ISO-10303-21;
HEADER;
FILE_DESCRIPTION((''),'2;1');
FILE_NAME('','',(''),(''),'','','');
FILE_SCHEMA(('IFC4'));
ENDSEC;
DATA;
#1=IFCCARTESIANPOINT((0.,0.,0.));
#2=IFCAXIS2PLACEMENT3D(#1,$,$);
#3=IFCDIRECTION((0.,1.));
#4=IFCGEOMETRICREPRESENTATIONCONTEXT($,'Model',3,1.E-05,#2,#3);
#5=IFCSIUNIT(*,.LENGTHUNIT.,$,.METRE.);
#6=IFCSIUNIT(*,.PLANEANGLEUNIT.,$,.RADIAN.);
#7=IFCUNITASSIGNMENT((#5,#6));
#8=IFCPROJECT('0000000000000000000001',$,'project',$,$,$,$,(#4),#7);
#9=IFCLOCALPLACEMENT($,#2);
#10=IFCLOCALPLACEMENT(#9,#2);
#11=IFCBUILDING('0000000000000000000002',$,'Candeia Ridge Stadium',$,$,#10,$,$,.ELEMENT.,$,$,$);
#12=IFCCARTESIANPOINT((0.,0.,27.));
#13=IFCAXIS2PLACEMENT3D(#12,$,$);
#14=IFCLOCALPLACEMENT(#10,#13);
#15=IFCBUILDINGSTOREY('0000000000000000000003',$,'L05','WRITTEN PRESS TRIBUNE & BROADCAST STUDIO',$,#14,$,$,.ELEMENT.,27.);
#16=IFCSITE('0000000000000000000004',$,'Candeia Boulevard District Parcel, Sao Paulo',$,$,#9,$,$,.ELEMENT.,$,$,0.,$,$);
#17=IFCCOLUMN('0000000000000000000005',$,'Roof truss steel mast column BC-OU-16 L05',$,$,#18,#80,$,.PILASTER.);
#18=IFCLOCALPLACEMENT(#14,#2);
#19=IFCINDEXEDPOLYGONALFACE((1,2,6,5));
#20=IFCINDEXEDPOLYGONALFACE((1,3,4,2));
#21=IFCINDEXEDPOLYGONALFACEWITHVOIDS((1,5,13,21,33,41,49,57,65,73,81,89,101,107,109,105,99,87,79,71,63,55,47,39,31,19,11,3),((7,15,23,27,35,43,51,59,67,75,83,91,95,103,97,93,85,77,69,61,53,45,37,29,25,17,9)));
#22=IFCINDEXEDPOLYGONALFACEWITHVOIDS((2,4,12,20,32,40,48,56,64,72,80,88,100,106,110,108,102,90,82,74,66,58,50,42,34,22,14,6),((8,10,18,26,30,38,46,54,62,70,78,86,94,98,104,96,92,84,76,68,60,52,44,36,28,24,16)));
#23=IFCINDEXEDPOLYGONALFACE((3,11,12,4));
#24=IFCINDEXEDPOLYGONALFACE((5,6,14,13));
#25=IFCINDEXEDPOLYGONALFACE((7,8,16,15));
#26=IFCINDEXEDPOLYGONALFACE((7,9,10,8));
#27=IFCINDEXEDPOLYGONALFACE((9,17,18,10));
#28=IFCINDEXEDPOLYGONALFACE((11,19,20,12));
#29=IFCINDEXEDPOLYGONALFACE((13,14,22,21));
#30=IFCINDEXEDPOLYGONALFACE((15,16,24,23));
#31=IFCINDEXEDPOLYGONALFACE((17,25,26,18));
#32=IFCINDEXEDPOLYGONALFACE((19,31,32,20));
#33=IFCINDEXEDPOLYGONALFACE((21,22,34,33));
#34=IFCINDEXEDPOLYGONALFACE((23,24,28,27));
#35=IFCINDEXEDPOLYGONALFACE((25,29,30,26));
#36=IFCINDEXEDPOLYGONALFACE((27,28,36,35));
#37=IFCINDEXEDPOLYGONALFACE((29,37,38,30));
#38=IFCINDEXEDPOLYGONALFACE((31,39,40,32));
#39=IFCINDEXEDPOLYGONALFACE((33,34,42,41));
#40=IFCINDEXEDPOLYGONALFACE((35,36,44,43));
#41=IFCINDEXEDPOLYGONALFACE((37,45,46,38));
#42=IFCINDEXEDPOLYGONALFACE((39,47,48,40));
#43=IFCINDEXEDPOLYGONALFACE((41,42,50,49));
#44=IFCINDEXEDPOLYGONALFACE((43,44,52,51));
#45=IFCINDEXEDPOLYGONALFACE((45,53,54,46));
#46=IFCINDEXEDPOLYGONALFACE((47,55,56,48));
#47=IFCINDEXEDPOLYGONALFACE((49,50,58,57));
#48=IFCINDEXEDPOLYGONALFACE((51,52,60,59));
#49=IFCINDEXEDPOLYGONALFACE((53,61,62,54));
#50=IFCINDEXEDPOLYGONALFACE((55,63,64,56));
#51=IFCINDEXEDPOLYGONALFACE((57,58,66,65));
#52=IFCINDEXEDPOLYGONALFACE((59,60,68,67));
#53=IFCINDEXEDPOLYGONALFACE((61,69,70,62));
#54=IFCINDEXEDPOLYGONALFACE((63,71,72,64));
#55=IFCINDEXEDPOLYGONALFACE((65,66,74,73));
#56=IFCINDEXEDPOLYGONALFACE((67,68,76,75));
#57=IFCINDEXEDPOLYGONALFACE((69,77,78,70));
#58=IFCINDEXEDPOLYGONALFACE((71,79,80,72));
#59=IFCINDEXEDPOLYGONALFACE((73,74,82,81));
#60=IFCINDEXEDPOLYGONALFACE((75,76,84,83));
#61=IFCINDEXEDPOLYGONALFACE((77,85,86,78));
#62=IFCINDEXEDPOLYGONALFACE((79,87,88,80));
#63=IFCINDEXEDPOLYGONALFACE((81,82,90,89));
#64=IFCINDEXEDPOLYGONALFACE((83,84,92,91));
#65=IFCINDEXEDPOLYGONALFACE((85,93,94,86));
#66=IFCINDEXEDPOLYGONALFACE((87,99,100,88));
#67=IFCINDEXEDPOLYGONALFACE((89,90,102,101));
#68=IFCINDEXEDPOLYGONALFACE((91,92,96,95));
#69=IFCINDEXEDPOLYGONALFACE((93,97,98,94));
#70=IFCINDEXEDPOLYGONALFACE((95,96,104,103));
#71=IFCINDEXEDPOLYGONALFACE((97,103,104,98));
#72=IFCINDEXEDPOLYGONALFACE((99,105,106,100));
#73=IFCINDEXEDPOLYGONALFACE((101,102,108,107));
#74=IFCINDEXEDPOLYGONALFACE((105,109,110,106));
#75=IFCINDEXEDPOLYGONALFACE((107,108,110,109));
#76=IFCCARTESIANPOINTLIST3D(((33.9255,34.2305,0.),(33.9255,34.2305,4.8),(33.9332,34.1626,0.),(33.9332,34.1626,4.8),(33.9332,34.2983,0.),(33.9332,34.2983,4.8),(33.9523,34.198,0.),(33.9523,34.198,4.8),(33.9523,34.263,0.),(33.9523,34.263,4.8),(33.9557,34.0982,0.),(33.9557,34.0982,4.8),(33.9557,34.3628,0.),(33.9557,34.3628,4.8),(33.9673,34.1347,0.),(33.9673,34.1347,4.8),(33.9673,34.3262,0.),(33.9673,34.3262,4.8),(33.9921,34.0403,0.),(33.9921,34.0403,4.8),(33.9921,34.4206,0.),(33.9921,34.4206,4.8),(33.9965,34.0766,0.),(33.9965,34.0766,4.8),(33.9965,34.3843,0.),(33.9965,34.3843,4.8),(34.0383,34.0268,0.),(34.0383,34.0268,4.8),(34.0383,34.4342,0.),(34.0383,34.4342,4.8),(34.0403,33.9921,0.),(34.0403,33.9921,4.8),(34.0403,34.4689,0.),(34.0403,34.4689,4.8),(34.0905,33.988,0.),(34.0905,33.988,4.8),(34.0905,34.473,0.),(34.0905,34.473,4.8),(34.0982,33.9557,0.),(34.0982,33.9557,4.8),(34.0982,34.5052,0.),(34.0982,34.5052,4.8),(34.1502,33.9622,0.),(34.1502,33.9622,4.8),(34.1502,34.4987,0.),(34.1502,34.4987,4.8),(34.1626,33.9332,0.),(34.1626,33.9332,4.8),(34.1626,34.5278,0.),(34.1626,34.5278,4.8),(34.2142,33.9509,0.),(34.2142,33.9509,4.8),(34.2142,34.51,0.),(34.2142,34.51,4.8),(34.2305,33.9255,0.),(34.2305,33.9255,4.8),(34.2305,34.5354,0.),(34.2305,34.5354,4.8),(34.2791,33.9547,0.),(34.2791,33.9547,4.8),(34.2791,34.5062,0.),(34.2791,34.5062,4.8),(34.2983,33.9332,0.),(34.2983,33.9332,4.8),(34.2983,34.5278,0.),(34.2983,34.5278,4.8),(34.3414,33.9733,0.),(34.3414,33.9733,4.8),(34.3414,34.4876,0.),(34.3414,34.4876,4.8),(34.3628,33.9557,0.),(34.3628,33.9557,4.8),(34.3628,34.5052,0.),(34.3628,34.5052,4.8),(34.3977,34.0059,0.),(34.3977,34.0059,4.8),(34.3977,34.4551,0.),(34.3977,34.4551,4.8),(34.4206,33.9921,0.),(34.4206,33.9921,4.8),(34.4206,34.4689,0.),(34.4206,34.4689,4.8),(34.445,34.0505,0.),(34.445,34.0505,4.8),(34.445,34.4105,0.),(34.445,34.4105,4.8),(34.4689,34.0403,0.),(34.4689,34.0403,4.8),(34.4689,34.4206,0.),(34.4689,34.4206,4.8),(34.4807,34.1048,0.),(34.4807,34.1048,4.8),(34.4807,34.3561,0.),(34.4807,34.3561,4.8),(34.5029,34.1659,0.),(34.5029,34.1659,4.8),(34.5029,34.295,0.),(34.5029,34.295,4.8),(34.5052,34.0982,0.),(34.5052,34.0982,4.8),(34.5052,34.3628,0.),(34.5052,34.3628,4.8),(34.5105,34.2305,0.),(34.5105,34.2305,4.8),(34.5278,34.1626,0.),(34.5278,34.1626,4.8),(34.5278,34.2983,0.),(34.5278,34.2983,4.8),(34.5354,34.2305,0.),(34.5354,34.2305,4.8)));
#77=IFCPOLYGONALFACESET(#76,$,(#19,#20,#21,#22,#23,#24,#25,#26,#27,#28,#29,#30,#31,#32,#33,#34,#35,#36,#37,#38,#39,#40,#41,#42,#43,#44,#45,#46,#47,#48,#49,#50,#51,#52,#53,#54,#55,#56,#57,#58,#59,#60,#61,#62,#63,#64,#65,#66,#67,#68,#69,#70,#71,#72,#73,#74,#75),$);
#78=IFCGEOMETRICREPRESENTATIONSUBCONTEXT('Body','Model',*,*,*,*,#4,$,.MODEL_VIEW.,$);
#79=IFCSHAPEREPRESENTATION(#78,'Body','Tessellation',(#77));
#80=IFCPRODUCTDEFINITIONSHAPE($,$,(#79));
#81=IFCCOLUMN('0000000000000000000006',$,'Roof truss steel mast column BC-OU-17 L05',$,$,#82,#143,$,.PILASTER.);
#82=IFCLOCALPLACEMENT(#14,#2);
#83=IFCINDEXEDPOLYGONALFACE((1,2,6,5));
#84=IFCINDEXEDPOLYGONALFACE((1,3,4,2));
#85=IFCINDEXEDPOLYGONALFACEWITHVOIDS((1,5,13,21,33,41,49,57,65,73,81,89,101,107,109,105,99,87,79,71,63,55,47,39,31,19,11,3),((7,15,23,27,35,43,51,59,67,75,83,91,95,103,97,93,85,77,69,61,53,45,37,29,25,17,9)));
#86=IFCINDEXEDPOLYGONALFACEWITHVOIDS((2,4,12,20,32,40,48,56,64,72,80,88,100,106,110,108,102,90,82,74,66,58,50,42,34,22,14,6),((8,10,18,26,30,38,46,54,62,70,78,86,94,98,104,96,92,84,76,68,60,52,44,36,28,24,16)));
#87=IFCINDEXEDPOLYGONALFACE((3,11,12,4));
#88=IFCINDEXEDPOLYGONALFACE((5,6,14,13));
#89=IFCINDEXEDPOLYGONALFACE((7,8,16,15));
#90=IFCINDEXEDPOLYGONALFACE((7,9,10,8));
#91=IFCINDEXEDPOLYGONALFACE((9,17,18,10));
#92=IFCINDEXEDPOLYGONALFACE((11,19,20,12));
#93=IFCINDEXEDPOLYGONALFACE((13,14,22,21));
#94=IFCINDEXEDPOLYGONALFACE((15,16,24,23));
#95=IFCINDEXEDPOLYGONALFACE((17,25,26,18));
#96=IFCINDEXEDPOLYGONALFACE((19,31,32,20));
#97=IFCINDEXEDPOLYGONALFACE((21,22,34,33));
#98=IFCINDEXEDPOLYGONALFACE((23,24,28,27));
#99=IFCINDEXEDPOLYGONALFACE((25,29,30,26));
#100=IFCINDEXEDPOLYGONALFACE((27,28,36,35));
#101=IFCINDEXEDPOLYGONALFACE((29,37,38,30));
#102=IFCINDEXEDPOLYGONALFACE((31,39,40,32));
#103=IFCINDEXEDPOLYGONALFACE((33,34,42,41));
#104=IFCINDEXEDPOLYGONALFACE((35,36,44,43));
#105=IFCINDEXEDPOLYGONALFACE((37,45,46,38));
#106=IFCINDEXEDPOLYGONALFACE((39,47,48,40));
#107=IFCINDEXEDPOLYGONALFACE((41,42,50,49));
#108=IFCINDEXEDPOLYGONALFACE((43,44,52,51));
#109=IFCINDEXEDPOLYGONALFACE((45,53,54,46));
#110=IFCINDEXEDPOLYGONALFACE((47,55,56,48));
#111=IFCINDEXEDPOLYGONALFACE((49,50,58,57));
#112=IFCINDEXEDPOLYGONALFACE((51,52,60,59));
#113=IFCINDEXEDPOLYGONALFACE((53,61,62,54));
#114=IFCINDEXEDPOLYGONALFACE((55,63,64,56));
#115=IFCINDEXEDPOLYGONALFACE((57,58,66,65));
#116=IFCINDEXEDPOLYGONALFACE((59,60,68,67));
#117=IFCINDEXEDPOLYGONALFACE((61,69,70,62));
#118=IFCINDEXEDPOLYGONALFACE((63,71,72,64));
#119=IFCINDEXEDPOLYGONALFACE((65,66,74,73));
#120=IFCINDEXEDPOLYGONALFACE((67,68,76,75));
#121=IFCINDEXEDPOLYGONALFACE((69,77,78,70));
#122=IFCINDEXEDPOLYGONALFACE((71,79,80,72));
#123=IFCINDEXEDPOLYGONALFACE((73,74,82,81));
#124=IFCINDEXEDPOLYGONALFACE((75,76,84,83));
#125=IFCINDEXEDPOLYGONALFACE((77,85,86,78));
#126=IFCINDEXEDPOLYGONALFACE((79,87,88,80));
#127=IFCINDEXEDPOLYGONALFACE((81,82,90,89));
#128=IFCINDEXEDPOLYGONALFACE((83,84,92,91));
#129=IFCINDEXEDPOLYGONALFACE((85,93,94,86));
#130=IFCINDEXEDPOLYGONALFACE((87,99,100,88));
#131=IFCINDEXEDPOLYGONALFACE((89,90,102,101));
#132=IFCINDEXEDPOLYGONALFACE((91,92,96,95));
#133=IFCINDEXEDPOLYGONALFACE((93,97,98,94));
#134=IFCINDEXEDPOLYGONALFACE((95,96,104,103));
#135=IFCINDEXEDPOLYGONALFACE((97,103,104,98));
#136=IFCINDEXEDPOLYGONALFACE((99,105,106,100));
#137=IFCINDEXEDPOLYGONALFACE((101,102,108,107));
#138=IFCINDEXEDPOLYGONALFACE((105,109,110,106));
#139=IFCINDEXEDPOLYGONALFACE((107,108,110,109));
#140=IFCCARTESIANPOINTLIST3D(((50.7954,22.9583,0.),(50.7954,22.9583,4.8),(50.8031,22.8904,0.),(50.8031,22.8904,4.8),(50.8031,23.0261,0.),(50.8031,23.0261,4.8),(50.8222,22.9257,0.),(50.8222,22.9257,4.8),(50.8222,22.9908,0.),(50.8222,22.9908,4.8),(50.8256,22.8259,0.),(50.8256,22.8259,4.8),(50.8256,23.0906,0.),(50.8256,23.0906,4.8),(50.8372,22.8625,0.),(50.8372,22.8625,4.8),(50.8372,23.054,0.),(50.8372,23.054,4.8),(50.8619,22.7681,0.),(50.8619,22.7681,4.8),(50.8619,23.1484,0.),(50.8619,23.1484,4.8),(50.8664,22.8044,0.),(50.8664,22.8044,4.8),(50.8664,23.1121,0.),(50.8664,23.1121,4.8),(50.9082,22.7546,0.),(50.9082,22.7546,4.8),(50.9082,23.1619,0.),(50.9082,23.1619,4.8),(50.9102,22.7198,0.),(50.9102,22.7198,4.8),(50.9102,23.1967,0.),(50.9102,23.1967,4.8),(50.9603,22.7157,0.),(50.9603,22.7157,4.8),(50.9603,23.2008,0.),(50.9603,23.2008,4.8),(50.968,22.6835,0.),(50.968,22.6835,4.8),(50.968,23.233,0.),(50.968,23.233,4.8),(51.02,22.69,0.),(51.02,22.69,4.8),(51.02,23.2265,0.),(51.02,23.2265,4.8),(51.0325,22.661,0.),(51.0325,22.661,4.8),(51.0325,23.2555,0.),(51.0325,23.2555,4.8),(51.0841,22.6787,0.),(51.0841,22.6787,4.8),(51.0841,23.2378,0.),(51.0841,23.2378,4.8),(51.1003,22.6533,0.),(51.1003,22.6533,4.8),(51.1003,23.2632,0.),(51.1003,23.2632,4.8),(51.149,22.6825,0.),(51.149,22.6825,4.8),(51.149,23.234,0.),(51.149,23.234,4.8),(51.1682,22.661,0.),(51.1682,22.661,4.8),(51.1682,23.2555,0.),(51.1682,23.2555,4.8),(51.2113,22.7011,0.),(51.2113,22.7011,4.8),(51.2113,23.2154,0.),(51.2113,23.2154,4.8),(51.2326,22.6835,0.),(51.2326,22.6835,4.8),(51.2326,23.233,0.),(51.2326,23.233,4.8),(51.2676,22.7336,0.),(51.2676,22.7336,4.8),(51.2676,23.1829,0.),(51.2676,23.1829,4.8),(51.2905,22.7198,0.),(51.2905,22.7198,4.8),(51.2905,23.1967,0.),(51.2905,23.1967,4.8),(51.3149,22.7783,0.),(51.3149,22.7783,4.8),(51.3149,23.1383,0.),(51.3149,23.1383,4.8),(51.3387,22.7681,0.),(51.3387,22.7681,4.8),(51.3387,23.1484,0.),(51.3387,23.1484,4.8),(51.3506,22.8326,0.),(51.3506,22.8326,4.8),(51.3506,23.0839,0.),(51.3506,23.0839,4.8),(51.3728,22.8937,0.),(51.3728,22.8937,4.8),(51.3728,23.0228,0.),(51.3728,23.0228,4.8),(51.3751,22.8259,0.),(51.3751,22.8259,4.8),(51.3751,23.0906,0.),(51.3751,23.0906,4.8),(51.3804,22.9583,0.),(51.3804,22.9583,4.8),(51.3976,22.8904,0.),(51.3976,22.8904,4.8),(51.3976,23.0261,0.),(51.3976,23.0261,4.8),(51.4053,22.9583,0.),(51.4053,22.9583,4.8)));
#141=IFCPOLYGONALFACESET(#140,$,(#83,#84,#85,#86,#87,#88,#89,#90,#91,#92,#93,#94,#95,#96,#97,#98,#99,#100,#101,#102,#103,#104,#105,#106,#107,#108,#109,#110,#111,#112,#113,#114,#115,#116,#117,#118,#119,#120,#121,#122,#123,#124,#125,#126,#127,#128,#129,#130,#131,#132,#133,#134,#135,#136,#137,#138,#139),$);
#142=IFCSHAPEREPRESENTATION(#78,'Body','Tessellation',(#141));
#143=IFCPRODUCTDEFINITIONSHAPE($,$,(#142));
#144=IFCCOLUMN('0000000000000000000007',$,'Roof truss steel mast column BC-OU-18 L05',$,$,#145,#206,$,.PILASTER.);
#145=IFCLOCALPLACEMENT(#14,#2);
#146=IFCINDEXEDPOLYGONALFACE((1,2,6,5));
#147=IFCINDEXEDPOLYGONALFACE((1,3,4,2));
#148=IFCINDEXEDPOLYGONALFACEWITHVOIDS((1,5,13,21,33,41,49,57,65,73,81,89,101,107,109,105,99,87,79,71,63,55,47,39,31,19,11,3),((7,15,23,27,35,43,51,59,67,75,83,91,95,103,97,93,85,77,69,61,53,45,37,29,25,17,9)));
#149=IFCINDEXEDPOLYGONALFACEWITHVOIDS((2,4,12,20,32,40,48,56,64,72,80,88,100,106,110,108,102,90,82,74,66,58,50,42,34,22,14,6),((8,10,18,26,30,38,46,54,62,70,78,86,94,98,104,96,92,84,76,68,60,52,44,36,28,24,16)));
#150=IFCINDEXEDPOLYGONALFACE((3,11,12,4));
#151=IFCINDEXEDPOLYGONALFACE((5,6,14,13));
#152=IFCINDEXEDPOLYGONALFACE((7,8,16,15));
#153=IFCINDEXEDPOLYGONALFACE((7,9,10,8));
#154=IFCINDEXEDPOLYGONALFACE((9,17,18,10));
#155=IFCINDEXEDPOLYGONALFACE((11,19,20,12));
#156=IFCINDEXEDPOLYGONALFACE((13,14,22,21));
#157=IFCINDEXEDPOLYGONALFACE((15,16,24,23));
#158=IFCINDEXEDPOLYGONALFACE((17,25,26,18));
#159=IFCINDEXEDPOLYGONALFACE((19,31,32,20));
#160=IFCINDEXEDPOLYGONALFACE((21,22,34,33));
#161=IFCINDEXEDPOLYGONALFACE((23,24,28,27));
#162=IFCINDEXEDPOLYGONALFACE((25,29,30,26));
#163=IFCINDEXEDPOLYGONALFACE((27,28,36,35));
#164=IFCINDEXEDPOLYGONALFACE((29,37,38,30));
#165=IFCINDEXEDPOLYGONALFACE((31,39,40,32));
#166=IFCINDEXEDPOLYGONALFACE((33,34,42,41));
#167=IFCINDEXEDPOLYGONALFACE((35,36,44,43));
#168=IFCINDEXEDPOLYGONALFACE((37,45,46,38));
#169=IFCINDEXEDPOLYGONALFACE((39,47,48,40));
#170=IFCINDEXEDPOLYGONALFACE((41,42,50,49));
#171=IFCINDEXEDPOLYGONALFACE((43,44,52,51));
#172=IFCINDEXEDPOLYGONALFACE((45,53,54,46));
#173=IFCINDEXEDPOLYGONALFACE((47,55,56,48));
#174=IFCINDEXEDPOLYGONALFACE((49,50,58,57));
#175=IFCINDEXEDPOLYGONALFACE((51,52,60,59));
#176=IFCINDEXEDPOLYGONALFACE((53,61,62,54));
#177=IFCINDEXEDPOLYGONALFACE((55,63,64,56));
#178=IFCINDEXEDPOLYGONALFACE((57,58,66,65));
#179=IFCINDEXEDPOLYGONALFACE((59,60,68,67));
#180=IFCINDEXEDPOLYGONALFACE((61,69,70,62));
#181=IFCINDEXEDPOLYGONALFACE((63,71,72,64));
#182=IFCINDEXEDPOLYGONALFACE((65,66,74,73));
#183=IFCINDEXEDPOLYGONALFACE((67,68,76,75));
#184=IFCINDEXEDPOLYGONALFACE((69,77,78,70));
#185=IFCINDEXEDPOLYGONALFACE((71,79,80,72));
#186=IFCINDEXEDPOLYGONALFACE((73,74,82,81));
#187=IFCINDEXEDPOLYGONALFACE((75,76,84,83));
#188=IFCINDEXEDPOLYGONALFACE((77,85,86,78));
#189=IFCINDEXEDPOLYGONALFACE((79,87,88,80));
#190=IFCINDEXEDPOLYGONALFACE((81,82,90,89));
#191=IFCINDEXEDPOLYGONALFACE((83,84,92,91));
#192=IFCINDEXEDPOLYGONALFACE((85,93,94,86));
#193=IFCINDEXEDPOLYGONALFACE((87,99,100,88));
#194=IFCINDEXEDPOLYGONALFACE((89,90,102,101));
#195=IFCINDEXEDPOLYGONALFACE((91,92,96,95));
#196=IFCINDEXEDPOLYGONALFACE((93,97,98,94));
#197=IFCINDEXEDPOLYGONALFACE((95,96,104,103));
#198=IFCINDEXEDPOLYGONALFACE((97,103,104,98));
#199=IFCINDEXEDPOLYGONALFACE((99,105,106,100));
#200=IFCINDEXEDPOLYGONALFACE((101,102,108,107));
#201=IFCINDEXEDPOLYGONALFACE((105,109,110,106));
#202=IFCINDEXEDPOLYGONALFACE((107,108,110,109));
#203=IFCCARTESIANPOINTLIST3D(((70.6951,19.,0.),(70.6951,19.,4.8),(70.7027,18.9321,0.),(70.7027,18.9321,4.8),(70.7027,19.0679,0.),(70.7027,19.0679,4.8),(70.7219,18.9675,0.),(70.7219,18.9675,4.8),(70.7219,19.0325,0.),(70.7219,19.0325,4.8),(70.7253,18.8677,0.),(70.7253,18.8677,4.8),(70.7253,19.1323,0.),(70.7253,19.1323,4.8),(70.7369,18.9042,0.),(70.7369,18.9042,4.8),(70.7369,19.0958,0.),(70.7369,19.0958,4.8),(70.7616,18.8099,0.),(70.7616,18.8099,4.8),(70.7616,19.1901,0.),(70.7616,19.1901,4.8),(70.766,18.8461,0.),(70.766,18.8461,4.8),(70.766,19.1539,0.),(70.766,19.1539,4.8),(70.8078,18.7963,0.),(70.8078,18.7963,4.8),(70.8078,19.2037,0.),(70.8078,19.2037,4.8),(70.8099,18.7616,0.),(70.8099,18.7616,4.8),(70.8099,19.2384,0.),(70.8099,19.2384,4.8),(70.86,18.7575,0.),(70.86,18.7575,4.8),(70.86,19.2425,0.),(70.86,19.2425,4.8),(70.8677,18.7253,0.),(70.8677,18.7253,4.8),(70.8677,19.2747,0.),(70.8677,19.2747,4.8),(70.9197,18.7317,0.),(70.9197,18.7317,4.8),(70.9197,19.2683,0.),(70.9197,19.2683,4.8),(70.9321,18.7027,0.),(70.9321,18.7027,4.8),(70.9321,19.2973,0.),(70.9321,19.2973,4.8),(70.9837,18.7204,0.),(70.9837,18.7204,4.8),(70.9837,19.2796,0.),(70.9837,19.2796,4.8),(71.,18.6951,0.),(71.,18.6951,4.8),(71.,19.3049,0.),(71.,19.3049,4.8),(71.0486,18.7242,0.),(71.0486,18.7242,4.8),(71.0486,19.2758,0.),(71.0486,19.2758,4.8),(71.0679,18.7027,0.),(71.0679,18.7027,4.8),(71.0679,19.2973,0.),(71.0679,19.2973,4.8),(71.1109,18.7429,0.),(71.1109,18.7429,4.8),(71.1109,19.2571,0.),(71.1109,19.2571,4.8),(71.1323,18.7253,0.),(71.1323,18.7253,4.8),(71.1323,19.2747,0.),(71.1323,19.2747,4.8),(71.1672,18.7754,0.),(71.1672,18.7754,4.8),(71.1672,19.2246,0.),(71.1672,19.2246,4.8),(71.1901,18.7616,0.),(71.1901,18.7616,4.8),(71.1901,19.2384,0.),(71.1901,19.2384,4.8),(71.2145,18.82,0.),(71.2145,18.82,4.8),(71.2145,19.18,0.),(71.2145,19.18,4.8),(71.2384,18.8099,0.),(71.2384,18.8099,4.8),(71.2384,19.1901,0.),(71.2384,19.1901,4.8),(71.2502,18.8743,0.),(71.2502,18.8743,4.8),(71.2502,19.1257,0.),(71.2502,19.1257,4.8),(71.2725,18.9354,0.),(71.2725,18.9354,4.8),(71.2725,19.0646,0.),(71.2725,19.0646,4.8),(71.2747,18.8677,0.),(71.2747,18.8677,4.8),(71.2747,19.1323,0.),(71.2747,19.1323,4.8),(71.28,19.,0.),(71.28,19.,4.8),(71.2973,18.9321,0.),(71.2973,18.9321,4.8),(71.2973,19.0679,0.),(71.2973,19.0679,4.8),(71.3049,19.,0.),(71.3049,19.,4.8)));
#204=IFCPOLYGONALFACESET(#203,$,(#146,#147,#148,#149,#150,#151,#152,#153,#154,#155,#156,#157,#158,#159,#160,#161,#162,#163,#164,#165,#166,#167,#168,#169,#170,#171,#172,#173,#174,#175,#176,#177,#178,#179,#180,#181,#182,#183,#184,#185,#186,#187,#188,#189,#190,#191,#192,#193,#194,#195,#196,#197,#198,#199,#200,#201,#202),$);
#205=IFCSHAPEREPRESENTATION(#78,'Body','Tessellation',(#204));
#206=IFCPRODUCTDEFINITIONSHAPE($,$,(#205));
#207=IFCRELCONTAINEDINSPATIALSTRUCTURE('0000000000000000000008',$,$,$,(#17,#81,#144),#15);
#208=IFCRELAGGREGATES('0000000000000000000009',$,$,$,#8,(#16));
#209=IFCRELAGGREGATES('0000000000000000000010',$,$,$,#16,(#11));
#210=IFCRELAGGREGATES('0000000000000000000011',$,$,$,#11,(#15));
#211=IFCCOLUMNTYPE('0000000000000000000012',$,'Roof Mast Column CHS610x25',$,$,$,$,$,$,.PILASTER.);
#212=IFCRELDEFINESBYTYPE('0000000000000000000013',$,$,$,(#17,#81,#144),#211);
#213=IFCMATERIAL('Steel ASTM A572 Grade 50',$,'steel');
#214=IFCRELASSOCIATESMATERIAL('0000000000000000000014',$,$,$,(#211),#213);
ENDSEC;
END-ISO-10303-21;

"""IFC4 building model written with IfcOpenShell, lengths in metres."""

from ifc_helpers import new_model, si_unit, direction, frame, origin, origin_2d, place, context, subcontext, project, spatial, hollow_circle, extrude, material, material_profile, profile_set, type_object, element, save


model = new_model("IFC4")

# Units and contexts
model_context = context("Model", 3, precision=1e-05, world=origin(), true_north=direction((0.0, 1.0)))
body_context = subcontext(model_context, "Body", "Model", "MODEL_VIEW")
ifc_project = project(units=[si_unit("LENGTHUNIT", "METRE"), si_unit("PLANEANGLEUNIT", "RADIAN")], contexts=[model_context])

# Site, building, storey
site_placement = place(None, origin())
site = spatial("IfcSite", under=ifc_project, at=site_placement, Name="Candeia Boulevard District Parcel, Sao Paulo", CompositionType="ELEMENT", RefElevation=0.0)
building_placement = place(site_placement, origin())
building = spatial("IfcBuilding", under=site, at=building_placement, Name="Candeia Ridge Stadium", CompositionType="ELEMENT")
storey_placement = place(building_placement, frame((0.0, 0.0, 27.0)))
storey = spatial("IfcBuildingStorey", under=building, at=storey_placement, Name="L05", Description="WRITTEN PRESS TRIBUNE & BROADCAST STUDIO", CompositionType="ELEMENT", Elevation=27.0)

# Columns
ifc_material_1 = material(Name="Steel ASTM A572 Grade 50", Category="steel")
ifc_material_profile_1 = material_profile(ifc_material_1, hollow_circle(Radius=0.3049, WallThickness=0.0249, at=origin_2d()), Name="CHS610x25", Category="steel")
ifc_profile_set_1 = profile_set([ifc_material_profile_1], Name="Steel ASTM A572 Grade 50")
column_type_1 = type_object("IfcColumnType", Name="Roof Mast Column CHS610x25", PredefinedType="PILASTER", material=ifc_profile_set_1)
for number, where, z_axis, x_axis, name in (
    (1, (34.2305, 34.2305, 0.0), (0.0, 0.0, 1.0), (1.0, 0.0, 0.0), "Roof truss steel mast column BC-OU-16 L05"),
    (2, (51.1003, 22.9583, 0.0), (0.0, 0.0, 1.0), (1.0, 0.0, 0.0), "Roof truss steel mast column BC-OU-17 L05"),
    (3, (71.0, 19.0, 0.0), (0.0, 0.0, 1.0), (1.0, 0.0, 0.0), "Roof truss steel mast column BC-OU-18 L05"),
):
    element("IfcColumn", number, at=place(storey_placement, frame(where, z_axis=z_axis, x_axis=x_axis)), inside=storey, type_object=column_type_1, Name=name, PredefinedType="PILASTER", context=body_context, shape_type="SweptSolid", body=[
        extrude(hollow_circle(Radius=0.3049, WallThickness=0.0249, at=origin_2d()), origin(), (0.0, 0.0, 1.0), 4.8),
    ])

save(model, "model.ifc")
